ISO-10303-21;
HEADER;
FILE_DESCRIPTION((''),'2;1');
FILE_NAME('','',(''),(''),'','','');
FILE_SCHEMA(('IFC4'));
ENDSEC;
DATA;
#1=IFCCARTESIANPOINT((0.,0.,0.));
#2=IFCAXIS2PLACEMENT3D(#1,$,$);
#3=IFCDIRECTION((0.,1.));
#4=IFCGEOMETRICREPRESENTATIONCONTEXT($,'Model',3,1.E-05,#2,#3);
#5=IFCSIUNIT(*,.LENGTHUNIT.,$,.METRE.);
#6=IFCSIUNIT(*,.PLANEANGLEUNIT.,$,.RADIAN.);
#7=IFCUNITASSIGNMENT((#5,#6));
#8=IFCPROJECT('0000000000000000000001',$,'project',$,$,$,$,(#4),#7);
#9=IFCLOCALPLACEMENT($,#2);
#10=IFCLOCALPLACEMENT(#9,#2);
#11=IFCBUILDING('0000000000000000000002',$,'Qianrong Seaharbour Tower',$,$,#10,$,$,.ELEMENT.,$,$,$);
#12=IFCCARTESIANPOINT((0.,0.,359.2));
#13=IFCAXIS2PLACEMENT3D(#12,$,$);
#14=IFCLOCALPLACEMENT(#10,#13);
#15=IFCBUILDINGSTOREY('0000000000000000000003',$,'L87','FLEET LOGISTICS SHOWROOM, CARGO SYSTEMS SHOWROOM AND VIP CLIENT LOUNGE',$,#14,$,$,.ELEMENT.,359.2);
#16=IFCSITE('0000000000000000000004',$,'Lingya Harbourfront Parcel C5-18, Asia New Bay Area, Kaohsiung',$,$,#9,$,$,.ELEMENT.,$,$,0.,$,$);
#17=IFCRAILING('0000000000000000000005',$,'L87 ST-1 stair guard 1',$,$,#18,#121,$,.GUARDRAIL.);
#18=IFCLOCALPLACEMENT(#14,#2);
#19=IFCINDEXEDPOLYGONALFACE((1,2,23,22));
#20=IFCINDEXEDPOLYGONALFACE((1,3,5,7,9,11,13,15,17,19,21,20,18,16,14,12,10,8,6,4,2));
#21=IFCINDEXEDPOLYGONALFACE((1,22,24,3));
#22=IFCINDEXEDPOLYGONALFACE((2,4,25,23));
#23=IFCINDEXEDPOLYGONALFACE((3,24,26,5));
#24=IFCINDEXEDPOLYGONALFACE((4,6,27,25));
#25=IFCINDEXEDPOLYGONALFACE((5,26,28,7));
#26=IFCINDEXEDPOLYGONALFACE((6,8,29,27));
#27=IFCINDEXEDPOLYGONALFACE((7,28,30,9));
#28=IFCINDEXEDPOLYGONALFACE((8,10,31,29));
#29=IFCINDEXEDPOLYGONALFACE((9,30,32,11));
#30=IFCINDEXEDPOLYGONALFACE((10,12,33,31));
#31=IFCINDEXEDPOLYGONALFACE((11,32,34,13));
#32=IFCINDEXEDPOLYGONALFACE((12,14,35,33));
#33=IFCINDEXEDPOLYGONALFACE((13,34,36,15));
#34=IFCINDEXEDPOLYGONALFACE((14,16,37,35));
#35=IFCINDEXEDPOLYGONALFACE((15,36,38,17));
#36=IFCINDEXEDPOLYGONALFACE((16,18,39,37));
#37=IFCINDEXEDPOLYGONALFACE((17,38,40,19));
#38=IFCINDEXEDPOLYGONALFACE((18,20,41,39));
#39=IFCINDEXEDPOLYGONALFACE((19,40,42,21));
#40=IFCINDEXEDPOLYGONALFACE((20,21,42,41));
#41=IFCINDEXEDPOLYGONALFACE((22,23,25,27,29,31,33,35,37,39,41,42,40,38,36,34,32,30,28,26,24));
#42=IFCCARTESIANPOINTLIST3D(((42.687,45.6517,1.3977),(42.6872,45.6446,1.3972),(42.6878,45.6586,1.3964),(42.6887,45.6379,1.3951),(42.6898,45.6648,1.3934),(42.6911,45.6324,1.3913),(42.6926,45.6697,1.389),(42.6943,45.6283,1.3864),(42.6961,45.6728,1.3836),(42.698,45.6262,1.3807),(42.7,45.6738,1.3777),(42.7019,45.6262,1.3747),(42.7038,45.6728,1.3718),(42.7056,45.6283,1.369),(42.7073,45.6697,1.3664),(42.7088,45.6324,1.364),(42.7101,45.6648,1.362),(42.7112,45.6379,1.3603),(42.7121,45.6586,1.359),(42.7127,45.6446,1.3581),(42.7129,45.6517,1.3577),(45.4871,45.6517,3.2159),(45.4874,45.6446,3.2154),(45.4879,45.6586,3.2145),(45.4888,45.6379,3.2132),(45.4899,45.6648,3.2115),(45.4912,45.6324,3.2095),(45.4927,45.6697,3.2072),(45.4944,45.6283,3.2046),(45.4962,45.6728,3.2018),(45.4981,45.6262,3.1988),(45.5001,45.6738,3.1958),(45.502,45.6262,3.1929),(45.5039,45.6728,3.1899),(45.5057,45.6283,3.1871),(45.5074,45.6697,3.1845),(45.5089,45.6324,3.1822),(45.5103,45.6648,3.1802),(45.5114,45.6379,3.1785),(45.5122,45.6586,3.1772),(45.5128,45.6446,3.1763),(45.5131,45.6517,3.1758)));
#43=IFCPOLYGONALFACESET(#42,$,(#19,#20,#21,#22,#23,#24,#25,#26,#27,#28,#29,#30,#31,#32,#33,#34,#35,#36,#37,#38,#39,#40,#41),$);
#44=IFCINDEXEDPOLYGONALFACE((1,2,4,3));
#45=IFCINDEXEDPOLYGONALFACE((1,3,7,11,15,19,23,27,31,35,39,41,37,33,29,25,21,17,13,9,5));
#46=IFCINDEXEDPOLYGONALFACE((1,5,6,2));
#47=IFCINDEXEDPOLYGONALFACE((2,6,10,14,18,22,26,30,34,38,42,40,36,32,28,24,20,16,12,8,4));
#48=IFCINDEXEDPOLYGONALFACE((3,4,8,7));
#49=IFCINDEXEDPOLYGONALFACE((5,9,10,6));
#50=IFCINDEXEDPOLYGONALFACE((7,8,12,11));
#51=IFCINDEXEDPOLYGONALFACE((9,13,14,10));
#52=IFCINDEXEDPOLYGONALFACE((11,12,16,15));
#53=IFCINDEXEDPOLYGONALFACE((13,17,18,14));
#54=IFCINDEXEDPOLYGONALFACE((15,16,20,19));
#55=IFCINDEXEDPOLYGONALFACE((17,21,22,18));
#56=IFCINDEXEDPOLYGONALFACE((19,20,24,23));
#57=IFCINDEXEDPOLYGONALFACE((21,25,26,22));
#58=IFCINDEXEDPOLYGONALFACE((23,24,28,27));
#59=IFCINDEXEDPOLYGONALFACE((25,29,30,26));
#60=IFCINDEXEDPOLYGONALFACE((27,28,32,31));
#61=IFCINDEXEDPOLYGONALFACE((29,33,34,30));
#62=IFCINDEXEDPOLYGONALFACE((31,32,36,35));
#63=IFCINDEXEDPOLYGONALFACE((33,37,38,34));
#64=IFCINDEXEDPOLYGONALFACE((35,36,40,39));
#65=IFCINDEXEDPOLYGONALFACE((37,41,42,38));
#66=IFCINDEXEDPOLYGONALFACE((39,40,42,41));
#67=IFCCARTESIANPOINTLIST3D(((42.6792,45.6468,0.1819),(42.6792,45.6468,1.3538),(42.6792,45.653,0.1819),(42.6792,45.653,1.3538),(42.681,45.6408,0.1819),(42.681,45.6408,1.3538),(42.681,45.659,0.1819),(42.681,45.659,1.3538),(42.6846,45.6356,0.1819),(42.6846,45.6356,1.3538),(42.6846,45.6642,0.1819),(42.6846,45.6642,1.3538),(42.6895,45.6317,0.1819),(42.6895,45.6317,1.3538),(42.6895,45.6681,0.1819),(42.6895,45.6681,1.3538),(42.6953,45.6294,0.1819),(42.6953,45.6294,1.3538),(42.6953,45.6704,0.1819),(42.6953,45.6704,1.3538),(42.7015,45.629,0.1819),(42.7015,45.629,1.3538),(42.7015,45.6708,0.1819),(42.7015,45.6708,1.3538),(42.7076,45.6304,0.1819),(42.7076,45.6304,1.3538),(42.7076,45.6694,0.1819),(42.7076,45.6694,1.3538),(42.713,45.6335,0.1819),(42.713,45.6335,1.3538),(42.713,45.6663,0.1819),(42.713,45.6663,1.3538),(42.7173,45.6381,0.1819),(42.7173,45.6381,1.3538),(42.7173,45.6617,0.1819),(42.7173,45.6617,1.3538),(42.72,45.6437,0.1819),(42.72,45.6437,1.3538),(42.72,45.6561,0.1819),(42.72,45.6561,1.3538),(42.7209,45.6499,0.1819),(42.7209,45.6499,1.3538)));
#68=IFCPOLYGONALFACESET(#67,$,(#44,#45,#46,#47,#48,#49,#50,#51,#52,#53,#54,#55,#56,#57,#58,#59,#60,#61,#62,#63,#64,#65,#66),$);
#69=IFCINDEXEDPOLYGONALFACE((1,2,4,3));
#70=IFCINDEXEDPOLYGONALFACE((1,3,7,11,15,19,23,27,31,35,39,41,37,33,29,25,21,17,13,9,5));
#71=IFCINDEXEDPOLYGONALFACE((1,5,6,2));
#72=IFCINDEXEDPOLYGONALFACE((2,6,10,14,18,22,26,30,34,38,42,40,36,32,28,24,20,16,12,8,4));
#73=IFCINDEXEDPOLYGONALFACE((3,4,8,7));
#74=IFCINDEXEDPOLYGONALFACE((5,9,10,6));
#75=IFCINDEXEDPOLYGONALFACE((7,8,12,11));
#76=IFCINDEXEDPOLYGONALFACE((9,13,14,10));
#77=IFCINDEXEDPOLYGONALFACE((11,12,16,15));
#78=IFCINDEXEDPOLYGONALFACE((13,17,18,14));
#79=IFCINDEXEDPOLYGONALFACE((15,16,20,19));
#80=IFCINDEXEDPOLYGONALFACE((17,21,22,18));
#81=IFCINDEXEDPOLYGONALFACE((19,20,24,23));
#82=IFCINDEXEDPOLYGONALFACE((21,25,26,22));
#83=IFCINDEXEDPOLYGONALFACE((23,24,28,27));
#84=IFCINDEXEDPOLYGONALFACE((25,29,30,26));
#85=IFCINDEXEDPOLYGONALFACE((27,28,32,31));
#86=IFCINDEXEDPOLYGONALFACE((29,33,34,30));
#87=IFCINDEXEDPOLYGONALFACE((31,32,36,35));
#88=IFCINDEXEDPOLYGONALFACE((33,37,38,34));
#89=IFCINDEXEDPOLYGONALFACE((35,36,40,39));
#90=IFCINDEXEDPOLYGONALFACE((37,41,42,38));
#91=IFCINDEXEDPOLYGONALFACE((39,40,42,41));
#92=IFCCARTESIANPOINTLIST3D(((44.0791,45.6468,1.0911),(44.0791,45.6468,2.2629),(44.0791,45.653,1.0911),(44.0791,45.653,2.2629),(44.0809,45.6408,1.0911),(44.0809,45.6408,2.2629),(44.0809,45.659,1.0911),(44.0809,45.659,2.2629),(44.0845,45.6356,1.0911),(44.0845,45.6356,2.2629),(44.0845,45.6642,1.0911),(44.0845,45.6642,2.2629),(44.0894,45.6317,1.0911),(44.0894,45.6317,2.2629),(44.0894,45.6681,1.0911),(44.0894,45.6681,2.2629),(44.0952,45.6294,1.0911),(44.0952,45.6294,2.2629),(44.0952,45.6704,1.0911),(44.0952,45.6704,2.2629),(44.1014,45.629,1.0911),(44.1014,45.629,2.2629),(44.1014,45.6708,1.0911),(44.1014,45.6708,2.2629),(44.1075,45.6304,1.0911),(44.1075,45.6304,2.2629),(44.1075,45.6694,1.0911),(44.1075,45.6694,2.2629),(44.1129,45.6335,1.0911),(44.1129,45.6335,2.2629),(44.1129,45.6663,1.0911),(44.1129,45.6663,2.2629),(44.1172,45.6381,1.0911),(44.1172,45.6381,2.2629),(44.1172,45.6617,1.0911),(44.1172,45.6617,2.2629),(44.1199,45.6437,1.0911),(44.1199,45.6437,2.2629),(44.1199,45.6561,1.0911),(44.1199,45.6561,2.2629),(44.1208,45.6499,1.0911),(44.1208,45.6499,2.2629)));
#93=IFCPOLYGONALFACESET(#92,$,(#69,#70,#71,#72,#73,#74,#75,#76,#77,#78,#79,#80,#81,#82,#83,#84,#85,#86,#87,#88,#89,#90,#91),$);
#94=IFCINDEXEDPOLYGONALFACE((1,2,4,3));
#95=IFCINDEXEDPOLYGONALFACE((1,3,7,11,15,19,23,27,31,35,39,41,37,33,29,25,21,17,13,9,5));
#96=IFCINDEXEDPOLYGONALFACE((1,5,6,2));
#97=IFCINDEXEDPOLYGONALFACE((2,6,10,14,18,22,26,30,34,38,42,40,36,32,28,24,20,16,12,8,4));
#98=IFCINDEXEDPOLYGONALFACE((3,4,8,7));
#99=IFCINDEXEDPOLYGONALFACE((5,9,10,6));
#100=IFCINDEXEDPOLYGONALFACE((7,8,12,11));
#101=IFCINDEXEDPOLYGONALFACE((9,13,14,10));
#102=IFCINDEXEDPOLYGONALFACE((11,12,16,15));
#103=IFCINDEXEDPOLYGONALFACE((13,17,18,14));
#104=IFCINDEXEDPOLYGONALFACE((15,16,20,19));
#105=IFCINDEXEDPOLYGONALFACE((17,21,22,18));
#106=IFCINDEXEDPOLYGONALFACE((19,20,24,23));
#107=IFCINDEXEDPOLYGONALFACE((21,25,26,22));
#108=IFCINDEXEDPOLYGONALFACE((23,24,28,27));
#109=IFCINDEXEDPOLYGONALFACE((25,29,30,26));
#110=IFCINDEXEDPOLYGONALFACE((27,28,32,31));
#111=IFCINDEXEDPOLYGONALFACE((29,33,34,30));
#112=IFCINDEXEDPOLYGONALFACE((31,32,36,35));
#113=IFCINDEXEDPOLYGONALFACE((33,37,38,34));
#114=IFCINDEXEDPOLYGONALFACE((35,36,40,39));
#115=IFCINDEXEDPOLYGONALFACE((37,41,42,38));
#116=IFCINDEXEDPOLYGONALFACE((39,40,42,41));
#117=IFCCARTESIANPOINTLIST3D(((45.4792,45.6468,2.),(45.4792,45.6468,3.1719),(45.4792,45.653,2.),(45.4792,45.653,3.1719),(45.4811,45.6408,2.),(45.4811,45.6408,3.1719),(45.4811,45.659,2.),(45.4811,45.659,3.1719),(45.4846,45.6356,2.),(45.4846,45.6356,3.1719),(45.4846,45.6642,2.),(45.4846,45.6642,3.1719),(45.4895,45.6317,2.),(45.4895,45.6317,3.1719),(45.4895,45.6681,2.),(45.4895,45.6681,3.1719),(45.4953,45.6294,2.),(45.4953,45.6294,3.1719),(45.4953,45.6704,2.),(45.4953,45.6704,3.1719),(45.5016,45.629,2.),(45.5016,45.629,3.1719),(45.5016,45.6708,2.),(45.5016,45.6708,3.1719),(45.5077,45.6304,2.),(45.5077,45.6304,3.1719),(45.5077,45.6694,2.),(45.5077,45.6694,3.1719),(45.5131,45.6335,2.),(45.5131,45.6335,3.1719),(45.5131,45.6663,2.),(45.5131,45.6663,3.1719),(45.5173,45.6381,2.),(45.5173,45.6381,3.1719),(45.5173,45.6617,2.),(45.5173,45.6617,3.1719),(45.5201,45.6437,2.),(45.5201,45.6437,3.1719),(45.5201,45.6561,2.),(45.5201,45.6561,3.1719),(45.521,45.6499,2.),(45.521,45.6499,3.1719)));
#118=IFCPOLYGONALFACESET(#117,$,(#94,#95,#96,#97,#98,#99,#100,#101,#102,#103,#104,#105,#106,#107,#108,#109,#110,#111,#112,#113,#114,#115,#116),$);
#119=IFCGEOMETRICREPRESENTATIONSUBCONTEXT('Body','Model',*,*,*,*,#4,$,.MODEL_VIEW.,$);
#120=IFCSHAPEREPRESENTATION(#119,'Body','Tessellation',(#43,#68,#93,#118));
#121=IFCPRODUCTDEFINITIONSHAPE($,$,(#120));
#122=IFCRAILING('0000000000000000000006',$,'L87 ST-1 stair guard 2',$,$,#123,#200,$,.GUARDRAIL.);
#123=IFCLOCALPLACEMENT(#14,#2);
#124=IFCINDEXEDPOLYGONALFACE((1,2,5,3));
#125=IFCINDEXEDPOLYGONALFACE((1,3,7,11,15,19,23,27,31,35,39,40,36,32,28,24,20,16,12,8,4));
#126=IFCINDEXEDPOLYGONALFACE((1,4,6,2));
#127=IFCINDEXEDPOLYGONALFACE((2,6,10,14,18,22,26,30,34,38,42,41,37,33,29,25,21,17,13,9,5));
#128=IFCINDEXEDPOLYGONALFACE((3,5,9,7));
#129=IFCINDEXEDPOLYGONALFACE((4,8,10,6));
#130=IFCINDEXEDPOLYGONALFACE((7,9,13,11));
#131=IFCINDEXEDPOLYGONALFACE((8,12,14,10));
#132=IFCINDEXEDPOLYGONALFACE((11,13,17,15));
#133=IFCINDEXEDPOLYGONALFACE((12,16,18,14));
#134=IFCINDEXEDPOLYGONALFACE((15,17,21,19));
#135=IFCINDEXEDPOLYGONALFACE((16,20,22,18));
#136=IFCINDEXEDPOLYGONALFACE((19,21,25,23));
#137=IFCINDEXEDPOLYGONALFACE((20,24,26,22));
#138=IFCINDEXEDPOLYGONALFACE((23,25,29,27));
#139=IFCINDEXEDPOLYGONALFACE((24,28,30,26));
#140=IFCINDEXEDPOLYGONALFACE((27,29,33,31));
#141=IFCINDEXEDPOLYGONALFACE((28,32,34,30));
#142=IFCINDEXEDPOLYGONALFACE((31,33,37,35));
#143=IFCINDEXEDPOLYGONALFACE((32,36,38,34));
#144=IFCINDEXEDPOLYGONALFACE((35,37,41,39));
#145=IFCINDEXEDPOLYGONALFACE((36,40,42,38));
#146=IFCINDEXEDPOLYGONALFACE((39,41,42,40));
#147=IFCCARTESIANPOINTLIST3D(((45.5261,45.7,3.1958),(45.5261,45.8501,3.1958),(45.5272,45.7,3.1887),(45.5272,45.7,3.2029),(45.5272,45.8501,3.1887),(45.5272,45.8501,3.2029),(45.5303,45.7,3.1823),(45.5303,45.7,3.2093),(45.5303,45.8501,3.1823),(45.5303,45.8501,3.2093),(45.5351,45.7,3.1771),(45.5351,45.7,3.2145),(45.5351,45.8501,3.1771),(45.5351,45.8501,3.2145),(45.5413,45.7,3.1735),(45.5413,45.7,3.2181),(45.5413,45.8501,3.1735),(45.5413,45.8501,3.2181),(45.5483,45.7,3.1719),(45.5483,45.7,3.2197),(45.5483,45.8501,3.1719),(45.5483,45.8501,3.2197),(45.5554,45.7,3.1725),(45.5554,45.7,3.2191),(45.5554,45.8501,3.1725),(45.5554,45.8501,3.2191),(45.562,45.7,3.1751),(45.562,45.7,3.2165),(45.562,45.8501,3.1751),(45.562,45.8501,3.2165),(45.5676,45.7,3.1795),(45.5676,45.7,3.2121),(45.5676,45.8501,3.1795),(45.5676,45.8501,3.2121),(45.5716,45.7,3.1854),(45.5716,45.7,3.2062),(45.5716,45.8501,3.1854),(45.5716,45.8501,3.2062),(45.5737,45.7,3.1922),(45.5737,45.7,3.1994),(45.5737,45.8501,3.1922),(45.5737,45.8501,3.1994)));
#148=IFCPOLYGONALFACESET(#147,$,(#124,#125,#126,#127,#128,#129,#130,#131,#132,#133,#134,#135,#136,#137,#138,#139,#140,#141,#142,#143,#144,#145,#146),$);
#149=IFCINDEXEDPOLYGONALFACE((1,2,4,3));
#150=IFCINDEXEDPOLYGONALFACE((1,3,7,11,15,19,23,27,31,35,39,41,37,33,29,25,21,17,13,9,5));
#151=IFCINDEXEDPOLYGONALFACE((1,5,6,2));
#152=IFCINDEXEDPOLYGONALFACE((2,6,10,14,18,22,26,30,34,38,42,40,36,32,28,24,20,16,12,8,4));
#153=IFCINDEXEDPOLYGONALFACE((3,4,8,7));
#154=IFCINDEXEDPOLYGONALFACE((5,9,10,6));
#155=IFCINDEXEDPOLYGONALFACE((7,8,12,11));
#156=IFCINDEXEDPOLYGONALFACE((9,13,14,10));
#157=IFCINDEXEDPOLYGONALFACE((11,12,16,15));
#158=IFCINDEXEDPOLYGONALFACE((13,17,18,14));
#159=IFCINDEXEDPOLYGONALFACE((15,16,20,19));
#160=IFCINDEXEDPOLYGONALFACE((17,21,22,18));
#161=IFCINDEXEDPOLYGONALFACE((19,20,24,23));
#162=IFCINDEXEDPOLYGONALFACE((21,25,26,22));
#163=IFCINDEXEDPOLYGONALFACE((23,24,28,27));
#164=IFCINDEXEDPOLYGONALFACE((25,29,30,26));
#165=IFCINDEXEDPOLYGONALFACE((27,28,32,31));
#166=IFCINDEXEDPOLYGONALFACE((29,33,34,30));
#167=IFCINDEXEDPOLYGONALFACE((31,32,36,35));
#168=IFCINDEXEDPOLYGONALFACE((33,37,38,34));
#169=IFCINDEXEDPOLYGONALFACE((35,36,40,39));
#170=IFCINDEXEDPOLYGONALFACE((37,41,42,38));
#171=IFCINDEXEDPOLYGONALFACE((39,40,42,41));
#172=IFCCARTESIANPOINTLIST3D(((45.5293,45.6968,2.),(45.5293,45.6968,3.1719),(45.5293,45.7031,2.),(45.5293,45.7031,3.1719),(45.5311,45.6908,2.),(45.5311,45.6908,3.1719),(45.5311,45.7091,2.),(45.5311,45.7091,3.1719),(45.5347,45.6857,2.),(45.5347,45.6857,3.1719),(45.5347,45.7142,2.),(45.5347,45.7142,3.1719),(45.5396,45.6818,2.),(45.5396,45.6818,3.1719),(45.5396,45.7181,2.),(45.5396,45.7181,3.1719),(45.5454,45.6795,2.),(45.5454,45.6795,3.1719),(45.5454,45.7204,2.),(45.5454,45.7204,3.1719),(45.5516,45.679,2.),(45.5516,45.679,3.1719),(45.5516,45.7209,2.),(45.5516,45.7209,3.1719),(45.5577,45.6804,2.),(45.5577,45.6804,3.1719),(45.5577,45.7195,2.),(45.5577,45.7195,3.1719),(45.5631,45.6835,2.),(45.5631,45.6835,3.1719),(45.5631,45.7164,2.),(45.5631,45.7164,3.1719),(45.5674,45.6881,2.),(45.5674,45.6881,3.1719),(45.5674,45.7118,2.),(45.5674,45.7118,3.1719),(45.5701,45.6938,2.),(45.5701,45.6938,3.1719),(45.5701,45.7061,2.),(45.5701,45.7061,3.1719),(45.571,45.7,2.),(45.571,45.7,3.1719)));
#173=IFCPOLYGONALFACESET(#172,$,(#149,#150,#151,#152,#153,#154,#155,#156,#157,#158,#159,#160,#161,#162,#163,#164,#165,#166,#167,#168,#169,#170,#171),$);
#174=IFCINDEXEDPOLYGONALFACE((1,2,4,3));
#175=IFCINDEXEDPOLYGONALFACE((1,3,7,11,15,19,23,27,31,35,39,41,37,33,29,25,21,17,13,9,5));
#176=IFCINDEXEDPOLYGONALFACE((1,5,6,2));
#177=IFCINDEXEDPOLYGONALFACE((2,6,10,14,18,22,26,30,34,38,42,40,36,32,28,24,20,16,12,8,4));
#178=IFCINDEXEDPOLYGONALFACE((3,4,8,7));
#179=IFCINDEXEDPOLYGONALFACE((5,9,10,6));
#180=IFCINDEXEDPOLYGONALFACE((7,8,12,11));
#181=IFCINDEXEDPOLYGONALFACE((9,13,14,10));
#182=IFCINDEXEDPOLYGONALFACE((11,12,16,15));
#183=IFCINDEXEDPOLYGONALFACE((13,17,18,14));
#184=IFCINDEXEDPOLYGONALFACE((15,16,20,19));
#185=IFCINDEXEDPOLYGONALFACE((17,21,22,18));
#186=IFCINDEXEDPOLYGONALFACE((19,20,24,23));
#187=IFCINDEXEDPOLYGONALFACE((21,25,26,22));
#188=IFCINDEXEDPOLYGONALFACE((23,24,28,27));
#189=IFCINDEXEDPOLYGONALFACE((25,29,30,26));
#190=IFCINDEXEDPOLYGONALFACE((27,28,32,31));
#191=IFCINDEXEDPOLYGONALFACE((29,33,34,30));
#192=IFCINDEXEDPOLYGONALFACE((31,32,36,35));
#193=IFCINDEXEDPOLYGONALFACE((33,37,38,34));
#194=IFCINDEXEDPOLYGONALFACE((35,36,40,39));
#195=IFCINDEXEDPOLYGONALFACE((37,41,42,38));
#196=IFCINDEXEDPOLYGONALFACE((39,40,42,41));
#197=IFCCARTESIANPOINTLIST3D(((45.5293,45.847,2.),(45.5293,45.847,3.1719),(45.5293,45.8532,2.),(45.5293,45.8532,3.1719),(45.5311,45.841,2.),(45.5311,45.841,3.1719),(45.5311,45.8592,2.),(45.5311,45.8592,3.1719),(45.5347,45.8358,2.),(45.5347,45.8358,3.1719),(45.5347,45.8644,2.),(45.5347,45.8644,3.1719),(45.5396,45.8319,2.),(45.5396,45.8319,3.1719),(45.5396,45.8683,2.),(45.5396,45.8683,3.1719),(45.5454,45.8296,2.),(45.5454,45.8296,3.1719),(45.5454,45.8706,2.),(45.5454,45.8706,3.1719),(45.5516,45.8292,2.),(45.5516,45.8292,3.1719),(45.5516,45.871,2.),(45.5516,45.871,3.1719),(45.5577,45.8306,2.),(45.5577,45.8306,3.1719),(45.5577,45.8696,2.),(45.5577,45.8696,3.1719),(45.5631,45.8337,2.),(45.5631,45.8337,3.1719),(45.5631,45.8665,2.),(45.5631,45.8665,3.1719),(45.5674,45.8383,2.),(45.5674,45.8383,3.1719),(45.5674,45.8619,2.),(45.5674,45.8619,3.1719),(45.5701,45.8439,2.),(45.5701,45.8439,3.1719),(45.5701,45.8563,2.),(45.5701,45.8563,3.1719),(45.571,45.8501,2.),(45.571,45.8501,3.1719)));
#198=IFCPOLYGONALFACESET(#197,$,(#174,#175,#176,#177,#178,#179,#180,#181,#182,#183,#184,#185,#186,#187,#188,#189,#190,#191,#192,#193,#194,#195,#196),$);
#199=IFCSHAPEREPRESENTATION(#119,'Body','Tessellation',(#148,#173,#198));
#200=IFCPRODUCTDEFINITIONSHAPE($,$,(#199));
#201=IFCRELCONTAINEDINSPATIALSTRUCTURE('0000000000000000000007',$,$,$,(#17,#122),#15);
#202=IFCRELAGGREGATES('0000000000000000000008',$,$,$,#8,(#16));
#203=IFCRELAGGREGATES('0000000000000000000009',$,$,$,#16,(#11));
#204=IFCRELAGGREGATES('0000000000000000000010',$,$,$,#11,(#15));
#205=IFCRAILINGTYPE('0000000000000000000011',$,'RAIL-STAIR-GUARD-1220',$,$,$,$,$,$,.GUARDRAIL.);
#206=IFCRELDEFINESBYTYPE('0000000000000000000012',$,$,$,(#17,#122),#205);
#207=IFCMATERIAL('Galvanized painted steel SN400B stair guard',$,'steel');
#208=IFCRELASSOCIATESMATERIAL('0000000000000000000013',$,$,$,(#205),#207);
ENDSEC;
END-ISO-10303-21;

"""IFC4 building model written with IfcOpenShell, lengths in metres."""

from ifc_helpers import new_model, si_unit, direction, frame, origin, origin_2d, place, context, subcontext, project, spatial, circle, extrude, material, type_object, element, save


model = new_model("IFC4")

# Units and contexts
model_context = context("Model", 3, precision=1e-05, world=origin(), true_north=direction((0.0, 1.0)))
body_context = subcontext(model_context, "Body", "Model", "MODEL_VIEW")
ifc_project = project(units=[si_unit("LENGTHUNIT", "METRE"), si_unit("PLANEANGLEUNIT", "RADIAN")], contexts=[model_context])

# Site, building, storey
site_placement = place(None, origin())
site = spatial("IfcSite", under=ifc_project, at=site_placement, Name="Lingya Harbourfront Parcel C5-18, Asia New Bay Area, Kaohsiung", CompositionType="ELEMENT", RefElevation=0.0)
building_placement = place(site_placement, origin())
building = spatial("IfcBuilding", under=site, at=building_placement, Name="Qianrong Seaharbour Tower", CompositionType="ELEMENT")
storey_placement = place(building_placement, frame((0.0, 0.0, 359.2)))
storey = spatial("IfcBuildingStorey", under=building, at=storey_placement, Name="L87", Description="FLEET LOGISTICS SHOWROOM, CARGO SYSTEMS SHOWROOM AND VIP CLIENT LOUNGE", CompositionType="ELEMENT", Elevation=359.2)

# Railings
ifc_material_1 = material(Name="Galvanized painted steel SN400B stair guard", Category="steel")
railing_type_1 = type_object("IfcRailingType", Name="RAIL-STAIR-GUARD-1220", PredefinedType="GUARDRAIL", material=ifc_material_1)
railing_1_placement = place(storey_placement, frame((42.7, 45.6499, 0.1819)))
element("IfcRailing", 1, at=railing_1_placement, inside=storey, type_object=railing_type_1, Name="L87 ST-1 stair guard 1", PredefinedType="GUARDRAIL", context=body_context, shape_type="SweptSolid", body=[
    extrude(circle(Radius=0.0239, at=origin_2d()), frame((0.0, 0.0, 1.1958), z_axis=(0.838706, 0.0, 0.544585), x_axis=(0.0, 1.0, 0.0)), (0.0, 0.0, 1.0), 3.3386),
    extrude(circle(Radius=0.021, at=origin_2d()), origin(), (0.0, 0.0, 1.0), 1.1719),
    extrude(circle(Radius=0.021, at=origin_2d()), frame((1.3999, 0.0, 0.9092)), (0.0, 0.0, 1.0), 1.1719),
    extrude(circle(Radius=0.021, at=origin_2d()), frame((2.8, 0.0, 1.8181)), (0.0, 0.0, 1.0), 1.1719),
])
railing_2_placement = place(storey_placement, frame((45.55, 45.7, 2.0)))
element("IfcRailing", 2, at=railing_2_placement, inside=storey, type_object=railing_type_1, Name="L87 ST-1 stair guard 2", PredefinedType="GUARDRAIL", context=body_context, shape_type="SweptSolid", body=[
    extrude(circle(Radius=0.0239, at=origin_2d()), frame((0.0, 0.0, 1.1958), z_axis=(0.0, 1.0, 0.0), x_axis=(-1.0, 0.0, 0.0)), (0.0, 0.0, 1.0), 0.1501),
    extrude(circle(Radius=0.021, at=origin_2d()), origin(), (0.0, 0.0, 1.0), 1.1719),
    extrude(circle(Radius=0.021, at=origin_2d()), frame((0.0, 0.1501, 0.0)), (0.0, 0.0, 1.0), 1.1719),
])

save(model, "model.ifc")
